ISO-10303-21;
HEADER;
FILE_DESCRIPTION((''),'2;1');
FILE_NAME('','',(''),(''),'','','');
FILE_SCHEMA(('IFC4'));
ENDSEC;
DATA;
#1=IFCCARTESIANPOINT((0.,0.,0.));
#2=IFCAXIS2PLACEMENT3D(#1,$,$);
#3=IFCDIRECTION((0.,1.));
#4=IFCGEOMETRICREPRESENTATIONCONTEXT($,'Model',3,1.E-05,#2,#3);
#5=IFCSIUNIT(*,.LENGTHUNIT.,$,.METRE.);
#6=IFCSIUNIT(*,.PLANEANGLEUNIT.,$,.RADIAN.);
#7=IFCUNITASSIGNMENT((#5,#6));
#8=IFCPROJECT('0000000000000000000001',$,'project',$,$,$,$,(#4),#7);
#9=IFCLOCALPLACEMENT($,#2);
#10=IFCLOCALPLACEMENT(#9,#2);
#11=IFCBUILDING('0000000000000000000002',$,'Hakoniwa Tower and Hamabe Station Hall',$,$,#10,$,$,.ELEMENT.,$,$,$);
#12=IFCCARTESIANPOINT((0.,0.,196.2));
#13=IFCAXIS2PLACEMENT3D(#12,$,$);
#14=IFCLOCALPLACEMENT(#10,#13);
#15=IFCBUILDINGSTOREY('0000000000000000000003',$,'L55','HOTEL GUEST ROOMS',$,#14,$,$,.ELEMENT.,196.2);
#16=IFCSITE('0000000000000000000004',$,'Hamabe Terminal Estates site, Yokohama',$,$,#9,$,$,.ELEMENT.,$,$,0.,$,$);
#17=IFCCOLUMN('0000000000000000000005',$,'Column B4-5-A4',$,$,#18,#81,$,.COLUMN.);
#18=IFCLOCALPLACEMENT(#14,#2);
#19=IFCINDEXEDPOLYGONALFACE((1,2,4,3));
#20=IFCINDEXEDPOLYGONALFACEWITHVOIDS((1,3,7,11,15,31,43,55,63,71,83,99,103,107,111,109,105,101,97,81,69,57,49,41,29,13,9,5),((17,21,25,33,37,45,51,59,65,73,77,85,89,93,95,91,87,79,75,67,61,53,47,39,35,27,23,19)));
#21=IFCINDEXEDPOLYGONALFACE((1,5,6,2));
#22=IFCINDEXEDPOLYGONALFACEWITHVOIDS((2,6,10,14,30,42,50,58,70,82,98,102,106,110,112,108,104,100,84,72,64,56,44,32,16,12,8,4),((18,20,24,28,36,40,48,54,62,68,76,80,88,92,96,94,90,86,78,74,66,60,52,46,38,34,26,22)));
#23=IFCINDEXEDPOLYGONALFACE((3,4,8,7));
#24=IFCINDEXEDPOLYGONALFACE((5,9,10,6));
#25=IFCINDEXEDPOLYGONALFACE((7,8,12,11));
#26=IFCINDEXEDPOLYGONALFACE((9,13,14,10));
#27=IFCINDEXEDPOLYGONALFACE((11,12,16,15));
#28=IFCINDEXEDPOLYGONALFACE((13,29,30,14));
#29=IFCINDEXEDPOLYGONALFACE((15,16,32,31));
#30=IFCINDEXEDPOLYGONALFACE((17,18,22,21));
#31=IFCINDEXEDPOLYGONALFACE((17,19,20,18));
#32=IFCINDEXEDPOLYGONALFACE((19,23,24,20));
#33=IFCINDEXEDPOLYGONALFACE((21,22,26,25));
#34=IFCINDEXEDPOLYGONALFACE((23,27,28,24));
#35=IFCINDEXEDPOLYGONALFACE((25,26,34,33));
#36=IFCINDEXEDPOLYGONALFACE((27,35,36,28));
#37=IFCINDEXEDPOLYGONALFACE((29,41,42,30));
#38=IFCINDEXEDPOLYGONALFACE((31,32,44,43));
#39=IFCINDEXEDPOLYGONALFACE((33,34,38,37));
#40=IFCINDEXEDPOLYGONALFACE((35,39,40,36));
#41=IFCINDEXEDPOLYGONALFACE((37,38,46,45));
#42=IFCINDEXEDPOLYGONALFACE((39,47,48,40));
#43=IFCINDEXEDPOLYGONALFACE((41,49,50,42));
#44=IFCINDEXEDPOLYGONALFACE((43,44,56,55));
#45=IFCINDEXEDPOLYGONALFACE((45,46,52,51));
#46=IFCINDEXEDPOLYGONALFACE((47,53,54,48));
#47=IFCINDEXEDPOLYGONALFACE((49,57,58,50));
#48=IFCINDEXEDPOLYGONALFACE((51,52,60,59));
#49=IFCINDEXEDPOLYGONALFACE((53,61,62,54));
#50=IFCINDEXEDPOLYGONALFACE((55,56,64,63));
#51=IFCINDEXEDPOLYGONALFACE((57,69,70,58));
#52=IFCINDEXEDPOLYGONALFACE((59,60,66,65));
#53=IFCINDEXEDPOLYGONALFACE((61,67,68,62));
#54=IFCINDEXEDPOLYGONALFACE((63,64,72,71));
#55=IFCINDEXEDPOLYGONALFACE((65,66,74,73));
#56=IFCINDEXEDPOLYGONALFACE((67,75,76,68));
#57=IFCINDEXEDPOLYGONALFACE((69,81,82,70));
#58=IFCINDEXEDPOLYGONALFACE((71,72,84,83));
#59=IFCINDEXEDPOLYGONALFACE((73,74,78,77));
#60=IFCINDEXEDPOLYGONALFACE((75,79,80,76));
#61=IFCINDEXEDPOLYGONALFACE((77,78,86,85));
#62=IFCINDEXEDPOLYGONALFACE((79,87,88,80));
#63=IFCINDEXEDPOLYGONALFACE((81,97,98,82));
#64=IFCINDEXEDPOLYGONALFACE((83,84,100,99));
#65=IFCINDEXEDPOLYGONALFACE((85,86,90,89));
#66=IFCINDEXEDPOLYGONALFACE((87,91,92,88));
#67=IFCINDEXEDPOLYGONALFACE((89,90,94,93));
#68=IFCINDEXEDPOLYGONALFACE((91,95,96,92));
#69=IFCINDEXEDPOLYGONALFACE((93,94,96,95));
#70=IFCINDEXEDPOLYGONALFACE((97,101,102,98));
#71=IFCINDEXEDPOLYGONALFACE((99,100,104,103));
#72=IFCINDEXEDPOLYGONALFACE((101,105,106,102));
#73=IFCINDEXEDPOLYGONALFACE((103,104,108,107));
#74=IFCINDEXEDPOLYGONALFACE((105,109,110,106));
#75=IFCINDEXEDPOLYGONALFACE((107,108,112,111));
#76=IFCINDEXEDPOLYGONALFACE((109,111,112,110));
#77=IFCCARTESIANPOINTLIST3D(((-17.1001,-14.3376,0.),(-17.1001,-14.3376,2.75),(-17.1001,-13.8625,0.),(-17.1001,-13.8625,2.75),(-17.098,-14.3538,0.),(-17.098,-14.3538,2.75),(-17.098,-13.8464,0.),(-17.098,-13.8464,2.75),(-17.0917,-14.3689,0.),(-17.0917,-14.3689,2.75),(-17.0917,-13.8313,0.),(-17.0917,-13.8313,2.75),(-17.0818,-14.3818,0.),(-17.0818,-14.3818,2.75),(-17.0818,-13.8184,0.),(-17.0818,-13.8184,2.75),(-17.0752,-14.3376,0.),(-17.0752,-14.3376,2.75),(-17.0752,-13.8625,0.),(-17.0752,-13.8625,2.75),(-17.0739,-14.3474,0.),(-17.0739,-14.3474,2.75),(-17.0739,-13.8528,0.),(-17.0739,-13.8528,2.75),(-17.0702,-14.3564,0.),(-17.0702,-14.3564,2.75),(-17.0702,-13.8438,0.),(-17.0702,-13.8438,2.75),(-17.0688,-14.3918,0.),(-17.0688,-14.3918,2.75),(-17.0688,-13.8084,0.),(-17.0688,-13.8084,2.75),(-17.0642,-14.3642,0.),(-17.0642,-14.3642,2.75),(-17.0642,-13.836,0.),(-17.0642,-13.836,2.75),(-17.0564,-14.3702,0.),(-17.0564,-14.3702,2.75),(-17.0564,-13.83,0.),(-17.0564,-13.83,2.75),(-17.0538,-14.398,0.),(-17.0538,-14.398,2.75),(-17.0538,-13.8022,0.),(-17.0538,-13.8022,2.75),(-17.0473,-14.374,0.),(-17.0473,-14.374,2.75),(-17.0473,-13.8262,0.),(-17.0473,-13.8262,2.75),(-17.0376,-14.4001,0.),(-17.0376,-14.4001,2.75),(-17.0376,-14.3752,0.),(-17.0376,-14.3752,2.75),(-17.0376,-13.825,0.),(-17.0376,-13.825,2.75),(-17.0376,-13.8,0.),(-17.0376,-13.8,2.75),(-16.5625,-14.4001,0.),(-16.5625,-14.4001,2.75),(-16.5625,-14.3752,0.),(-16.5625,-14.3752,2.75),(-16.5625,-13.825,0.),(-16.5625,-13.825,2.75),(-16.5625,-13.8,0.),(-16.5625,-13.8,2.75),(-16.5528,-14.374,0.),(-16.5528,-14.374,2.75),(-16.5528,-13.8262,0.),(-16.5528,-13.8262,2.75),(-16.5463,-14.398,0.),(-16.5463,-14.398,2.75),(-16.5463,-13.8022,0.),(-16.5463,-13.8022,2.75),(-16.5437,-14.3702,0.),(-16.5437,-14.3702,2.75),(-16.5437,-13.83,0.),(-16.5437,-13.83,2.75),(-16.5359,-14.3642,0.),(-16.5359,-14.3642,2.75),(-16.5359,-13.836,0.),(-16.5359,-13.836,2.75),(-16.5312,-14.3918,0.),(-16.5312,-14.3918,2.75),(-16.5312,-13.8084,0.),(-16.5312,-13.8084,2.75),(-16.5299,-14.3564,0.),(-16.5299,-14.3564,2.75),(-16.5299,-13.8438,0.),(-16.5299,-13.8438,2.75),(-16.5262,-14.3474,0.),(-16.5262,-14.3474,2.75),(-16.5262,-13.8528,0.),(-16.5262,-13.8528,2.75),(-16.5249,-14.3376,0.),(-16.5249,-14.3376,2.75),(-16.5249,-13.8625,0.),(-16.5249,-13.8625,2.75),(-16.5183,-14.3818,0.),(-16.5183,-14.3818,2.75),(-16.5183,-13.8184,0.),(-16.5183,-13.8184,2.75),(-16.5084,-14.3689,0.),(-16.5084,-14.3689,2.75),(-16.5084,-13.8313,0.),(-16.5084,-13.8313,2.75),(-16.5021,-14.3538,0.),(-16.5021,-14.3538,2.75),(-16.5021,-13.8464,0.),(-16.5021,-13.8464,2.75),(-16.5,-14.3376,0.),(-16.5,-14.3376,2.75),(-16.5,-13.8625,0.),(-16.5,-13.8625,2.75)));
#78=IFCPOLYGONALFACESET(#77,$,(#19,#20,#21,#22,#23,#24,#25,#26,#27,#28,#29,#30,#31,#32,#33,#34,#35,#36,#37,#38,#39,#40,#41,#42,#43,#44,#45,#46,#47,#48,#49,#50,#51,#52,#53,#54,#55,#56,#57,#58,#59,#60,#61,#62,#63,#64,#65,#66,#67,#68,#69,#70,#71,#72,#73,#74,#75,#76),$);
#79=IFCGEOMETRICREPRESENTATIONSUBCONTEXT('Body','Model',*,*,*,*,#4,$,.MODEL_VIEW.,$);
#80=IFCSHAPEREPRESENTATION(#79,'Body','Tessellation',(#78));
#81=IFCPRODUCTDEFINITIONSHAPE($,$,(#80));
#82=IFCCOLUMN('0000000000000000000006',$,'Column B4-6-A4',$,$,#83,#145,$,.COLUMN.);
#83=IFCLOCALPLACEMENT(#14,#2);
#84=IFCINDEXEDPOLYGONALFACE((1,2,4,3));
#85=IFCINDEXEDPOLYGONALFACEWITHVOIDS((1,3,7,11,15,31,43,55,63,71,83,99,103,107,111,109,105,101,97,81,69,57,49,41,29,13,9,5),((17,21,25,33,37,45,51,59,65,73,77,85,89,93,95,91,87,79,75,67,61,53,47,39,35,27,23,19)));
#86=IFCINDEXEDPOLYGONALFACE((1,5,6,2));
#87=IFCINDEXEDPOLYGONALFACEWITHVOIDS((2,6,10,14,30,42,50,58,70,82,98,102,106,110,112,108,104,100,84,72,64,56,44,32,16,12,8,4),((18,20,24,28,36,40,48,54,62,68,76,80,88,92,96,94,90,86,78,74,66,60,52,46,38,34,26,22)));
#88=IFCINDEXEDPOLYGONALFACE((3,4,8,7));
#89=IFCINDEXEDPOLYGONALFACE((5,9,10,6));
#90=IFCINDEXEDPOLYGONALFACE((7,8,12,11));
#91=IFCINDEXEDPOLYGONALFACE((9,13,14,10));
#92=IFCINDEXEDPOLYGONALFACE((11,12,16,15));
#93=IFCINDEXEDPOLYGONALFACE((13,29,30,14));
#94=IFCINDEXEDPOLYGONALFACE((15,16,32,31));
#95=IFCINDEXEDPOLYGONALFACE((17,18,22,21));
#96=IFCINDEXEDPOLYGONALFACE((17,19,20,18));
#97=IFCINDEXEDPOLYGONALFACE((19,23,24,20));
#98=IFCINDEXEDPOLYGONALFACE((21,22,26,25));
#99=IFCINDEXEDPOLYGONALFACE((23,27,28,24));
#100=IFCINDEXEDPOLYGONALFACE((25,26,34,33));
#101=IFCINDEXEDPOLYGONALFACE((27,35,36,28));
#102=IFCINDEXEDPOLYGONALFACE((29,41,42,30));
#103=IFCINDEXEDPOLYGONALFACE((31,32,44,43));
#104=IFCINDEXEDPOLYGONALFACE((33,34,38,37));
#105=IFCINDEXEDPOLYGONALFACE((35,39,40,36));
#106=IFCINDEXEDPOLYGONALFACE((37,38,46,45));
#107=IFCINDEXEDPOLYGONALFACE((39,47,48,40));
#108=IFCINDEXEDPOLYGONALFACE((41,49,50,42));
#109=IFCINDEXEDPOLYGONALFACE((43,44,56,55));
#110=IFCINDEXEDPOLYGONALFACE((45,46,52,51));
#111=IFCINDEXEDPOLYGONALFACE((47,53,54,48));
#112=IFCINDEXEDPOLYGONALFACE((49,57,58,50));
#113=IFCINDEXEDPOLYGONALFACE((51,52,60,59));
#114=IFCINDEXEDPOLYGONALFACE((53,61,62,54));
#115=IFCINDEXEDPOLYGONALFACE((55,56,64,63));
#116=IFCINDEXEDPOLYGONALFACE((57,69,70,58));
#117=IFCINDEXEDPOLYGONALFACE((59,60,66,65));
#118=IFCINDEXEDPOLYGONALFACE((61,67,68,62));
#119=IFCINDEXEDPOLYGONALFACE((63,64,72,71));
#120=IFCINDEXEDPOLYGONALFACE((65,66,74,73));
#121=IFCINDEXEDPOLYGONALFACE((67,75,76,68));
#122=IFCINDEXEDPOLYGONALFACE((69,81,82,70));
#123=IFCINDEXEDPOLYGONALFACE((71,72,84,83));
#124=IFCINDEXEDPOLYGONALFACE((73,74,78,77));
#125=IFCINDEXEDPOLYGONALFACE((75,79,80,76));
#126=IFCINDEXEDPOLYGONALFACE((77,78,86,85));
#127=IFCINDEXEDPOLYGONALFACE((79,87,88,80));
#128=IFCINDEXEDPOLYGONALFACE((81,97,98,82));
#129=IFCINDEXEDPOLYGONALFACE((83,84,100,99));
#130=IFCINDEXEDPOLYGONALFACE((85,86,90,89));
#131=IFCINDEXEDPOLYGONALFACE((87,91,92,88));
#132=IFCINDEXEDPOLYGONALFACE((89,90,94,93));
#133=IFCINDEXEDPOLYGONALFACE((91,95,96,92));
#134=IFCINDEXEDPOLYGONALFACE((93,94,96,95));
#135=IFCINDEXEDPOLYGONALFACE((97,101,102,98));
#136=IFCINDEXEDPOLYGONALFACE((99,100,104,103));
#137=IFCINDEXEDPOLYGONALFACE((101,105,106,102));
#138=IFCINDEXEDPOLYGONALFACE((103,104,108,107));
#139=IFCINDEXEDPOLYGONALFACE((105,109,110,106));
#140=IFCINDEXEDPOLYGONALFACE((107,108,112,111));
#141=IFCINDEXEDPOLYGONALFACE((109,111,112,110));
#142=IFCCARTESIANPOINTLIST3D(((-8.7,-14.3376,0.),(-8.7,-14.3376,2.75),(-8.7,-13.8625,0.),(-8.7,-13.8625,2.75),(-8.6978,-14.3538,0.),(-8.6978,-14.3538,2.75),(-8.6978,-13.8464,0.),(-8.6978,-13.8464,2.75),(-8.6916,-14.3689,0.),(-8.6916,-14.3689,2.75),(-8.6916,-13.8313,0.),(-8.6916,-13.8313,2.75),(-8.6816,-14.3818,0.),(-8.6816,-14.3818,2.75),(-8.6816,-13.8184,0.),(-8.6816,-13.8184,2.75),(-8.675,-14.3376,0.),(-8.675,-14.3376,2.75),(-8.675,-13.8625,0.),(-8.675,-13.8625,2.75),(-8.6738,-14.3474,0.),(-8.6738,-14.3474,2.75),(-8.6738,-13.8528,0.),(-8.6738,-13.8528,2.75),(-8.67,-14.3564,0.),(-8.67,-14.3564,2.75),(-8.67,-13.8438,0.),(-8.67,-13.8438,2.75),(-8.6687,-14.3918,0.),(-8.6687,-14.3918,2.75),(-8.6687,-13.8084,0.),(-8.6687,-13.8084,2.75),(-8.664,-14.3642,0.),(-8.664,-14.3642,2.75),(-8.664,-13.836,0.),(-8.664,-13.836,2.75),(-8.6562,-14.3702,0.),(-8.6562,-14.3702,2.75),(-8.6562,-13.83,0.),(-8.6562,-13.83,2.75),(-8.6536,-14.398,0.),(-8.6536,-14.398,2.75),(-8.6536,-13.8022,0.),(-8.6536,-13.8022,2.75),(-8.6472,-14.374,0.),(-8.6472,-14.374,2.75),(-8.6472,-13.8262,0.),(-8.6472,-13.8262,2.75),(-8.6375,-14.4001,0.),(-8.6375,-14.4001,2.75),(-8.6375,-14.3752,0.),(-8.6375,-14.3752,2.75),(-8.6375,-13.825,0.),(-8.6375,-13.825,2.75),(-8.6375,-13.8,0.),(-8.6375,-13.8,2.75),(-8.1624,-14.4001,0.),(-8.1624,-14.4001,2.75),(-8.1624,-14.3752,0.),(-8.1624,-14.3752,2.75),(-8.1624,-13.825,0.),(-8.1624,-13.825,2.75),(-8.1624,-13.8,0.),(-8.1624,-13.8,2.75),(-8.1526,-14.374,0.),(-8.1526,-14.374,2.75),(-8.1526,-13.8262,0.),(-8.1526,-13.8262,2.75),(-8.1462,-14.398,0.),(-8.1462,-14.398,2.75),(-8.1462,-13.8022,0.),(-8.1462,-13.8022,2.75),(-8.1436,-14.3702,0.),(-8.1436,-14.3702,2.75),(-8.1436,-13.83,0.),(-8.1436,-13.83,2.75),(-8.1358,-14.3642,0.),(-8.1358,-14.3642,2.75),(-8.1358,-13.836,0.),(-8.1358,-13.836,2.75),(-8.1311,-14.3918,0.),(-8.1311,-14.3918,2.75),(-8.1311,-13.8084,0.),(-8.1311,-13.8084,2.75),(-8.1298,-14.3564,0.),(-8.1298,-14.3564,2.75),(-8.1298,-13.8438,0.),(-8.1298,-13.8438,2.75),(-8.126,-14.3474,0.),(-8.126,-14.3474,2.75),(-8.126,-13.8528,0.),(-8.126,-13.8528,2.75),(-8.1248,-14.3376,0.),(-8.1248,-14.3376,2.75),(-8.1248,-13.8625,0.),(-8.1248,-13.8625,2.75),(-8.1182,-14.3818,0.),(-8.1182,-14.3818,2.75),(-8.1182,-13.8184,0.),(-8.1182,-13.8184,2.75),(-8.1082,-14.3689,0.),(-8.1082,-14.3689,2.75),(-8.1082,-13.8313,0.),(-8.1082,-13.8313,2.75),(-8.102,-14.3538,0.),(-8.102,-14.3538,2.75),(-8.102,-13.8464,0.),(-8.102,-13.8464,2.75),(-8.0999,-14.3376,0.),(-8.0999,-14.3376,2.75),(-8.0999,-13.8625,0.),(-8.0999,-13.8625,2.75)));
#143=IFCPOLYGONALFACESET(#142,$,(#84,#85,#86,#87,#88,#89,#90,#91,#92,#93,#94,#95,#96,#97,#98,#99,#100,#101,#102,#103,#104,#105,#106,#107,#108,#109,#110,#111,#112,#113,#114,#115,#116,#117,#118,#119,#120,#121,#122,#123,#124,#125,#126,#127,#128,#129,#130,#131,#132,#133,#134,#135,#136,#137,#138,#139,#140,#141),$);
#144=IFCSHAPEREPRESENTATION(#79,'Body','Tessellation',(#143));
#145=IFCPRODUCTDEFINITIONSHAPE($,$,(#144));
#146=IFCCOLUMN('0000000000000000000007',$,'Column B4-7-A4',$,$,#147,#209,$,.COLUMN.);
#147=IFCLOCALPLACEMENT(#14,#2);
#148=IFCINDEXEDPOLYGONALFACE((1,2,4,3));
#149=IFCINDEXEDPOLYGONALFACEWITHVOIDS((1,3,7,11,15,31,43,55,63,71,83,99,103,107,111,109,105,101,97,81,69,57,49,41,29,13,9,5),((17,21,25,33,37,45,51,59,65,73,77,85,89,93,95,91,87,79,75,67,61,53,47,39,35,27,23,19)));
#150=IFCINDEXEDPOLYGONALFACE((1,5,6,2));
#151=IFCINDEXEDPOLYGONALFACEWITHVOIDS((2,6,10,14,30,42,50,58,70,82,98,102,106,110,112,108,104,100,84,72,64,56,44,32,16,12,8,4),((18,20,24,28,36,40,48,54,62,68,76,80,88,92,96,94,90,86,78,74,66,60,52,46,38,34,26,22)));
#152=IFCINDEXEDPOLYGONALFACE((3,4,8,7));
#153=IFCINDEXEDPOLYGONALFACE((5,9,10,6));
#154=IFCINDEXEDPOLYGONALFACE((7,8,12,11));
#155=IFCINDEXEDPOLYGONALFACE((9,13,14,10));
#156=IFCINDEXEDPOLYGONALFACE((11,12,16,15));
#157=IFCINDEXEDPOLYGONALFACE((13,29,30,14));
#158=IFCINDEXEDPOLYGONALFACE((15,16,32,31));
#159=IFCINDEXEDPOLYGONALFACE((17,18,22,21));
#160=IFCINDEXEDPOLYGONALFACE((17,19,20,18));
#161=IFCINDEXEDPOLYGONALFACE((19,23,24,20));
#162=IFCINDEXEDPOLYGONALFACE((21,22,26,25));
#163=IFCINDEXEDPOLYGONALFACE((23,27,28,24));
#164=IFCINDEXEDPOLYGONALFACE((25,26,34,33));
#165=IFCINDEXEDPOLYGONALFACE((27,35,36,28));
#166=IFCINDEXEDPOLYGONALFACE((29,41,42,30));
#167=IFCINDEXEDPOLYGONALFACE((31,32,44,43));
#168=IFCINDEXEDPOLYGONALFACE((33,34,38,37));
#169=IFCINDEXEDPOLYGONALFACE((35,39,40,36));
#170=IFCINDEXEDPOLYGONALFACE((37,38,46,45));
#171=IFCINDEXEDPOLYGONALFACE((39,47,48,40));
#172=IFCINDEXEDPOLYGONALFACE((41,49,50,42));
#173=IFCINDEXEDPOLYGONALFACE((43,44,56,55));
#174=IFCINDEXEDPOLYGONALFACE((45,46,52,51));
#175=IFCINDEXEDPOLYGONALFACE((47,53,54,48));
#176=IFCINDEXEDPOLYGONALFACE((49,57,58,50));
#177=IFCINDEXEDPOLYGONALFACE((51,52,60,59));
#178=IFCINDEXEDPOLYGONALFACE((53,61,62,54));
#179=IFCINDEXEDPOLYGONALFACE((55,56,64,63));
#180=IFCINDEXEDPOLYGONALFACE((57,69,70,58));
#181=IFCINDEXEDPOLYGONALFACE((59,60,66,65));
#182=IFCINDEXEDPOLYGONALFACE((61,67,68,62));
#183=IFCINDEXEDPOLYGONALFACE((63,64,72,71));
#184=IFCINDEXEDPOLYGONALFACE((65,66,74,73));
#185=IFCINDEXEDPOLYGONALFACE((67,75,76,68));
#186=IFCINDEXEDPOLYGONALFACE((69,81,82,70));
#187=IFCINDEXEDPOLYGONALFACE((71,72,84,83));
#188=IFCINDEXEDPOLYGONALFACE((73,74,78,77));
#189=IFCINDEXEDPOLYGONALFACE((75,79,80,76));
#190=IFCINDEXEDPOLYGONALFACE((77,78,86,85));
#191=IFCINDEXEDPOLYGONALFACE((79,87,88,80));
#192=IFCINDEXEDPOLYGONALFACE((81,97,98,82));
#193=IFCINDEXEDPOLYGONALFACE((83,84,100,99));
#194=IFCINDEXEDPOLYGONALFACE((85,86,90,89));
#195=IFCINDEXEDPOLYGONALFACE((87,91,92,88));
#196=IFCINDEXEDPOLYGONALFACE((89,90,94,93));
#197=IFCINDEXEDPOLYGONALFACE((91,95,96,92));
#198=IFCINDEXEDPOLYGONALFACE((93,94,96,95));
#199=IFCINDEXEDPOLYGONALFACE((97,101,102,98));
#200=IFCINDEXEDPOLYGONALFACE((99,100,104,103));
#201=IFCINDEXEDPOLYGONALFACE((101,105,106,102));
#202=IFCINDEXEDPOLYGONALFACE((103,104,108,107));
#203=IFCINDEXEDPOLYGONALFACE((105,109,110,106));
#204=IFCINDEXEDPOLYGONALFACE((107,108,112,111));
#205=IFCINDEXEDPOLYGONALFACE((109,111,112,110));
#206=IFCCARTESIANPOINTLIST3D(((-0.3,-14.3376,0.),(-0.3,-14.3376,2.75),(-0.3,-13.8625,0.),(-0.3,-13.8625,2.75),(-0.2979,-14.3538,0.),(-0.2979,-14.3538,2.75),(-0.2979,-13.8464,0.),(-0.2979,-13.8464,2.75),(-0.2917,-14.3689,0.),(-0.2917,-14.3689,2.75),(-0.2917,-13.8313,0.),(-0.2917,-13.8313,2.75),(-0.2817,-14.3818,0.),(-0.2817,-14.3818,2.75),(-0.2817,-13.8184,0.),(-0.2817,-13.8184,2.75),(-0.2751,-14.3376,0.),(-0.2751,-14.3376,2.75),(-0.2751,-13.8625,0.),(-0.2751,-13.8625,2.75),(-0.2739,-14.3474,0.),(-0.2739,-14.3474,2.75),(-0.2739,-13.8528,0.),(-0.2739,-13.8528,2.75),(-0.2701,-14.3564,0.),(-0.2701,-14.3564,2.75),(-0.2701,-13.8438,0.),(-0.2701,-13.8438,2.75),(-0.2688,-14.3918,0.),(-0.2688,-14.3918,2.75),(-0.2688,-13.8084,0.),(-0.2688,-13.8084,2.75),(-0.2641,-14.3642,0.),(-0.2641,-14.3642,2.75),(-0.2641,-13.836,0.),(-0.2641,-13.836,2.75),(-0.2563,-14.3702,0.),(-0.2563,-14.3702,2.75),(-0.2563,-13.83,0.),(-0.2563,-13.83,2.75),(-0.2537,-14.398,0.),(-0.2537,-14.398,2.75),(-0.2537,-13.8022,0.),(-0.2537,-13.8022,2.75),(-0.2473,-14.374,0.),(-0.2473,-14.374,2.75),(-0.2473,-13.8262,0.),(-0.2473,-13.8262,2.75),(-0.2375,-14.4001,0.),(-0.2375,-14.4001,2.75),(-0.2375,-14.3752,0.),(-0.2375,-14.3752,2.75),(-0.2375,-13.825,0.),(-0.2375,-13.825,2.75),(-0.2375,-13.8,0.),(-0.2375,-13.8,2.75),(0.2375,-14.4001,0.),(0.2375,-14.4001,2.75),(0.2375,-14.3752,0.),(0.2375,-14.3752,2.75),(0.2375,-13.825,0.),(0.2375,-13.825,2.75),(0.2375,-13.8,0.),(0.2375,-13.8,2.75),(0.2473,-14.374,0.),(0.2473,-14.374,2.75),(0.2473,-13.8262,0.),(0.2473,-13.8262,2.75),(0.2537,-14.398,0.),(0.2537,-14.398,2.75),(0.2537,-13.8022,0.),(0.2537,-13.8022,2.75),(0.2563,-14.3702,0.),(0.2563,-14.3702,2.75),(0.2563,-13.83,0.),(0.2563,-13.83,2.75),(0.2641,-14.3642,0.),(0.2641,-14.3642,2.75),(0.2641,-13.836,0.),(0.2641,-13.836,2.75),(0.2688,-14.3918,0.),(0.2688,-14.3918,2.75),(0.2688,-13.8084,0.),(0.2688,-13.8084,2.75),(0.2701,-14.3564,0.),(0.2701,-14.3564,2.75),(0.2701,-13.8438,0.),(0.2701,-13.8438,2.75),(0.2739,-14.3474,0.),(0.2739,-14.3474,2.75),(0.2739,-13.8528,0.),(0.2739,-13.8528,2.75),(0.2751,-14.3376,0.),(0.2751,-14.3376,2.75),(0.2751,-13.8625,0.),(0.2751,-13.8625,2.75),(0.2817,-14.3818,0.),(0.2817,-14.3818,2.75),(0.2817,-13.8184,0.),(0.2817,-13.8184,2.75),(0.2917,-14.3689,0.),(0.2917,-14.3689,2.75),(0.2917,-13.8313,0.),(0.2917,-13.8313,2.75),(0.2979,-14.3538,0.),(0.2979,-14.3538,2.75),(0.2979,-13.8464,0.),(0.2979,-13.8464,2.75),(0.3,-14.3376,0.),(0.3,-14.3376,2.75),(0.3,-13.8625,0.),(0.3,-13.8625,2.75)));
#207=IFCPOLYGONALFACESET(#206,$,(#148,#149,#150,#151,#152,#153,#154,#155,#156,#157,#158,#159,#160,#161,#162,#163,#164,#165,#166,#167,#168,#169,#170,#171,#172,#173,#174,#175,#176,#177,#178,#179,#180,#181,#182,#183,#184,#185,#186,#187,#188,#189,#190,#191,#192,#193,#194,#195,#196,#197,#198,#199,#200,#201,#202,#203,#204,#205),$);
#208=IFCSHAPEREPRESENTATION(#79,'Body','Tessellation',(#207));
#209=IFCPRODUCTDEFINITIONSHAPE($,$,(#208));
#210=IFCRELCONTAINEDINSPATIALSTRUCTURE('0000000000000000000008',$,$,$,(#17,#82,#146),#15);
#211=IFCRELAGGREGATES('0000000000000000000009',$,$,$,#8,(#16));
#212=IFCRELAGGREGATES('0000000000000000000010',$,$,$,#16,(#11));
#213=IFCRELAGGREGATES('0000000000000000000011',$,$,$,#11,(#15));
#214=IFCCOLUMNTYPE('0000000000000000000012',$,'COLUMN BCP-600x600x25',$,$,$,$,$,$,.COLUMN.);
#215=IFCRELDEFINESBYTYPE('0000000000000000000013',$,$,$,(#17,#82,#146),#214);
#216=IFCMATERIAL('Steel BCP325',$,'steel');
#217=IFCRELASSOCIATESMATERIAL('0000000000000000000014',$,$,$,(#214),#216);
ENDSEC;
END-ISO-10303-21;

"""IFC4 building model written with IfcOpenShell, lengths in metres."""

from ifc_helpers import new_model, si_unit, direction, frame, origin, origin_2d, place, context, subcontext, project, spatial, hollow_rectangle, extrude, material, material_profile, profile_set, type_object, element, save


model = new_model("IFC4")

# Units and contexts
model_context = context("Model", 3, precision=1e-05, world=origin(), true_north=direction((0.0, 1.0)))
body_context = subcontext(model_context, "Body", "Model", "MODEL_VIEW")
ifc_project = project(units=[si_unit("LENGTHUNIT", "METRE"), si_unit("PLANEANGLEUNIT", "RADIAN")], contexts=[model_context])

# Site, building, storey
site_placement = place(None, origin())
site = spatial("IfcSite", under=ifc_project, at=site_placement, Name="Hamabe Terminal Estates site, Yokohama", CompositionType="ELEMENT", RefElevation=0.0)
building_placement = place(site_placement, origin())
building = spatial("IfcBuilding", under=site, at=building_placement, Name="Hakoniwa Tower and Hamabe Station Hall", CompositionType="ELEMENT")
storey_placement = place(building_placement, frame((0.0, 0.0, 196.2)))
storey = spatial("IfcBuildingStorey", under=building, at=storey_placement, Name="L55", Description="HOTEL GUEST ROOMS", CompositionType="ELEMENT", Elevation=196.2)

# Columns
ifc_material_1 = material(Name="Steel BCP325", Category="steel")
ifc_material_profile_1 = material_profile(ifc_material_1, hollow_rectangle(XDim=0.6001, YDim=0.6001, WallThickness=0.0249, InnerFilletRadius=0.0376, OuterFilletRadius=0.0625, at=origin_2d()), Name="BCP-600x600x25")
ifc_profile_set_1 = profile_set([ifc_material_profile_1], Name="Steel BCP325")
column_type_1 = type_object("IfcColumnType", Name="COLUMN BCP-600x600x25", PredefinedType="COLUMN", material=ifc_profile_set_1)
for number, where, z_axis, x_axis, name in (
    (1, (-16.8, -14.1001, 0.0), (0.0, 0.0, 1.0), (1.0, 0.0, 0.0), "Column B4-5-A4"),
    (2, (-8.3999, -14.1001, 0.0), (0.0, 0.0, 1.0), (1.0, 0.0, 0.0), "Column B4-6-A4"),
    (3, (0.0, -14.1001, 0.0), (0.0, 0.0, 1.0), (1.0, 0.0, 0.0), "Column B4-7-A4"),
):
    element("IfcColumn", number, at=place(storey_placement, frame(where, z_axis=z_axis, x_axis=x_axis)), inside=storey, type_object=column_type_1, Name=name, PredefinedType="COLUMN", context=body_context, shape_type="SweptSolid", body=[
        extrude(hollow_rectangle(XDim=0.6001, YDim=0.6001, WallThickness=0.0249, InnerFilletRadius=0.0376, OuterFilletRadius=0.0625, at=origin_2d()), origin(), (0.0, 0.0, 1.0), 2.75),
    ])

save(model, "model.ifc")
